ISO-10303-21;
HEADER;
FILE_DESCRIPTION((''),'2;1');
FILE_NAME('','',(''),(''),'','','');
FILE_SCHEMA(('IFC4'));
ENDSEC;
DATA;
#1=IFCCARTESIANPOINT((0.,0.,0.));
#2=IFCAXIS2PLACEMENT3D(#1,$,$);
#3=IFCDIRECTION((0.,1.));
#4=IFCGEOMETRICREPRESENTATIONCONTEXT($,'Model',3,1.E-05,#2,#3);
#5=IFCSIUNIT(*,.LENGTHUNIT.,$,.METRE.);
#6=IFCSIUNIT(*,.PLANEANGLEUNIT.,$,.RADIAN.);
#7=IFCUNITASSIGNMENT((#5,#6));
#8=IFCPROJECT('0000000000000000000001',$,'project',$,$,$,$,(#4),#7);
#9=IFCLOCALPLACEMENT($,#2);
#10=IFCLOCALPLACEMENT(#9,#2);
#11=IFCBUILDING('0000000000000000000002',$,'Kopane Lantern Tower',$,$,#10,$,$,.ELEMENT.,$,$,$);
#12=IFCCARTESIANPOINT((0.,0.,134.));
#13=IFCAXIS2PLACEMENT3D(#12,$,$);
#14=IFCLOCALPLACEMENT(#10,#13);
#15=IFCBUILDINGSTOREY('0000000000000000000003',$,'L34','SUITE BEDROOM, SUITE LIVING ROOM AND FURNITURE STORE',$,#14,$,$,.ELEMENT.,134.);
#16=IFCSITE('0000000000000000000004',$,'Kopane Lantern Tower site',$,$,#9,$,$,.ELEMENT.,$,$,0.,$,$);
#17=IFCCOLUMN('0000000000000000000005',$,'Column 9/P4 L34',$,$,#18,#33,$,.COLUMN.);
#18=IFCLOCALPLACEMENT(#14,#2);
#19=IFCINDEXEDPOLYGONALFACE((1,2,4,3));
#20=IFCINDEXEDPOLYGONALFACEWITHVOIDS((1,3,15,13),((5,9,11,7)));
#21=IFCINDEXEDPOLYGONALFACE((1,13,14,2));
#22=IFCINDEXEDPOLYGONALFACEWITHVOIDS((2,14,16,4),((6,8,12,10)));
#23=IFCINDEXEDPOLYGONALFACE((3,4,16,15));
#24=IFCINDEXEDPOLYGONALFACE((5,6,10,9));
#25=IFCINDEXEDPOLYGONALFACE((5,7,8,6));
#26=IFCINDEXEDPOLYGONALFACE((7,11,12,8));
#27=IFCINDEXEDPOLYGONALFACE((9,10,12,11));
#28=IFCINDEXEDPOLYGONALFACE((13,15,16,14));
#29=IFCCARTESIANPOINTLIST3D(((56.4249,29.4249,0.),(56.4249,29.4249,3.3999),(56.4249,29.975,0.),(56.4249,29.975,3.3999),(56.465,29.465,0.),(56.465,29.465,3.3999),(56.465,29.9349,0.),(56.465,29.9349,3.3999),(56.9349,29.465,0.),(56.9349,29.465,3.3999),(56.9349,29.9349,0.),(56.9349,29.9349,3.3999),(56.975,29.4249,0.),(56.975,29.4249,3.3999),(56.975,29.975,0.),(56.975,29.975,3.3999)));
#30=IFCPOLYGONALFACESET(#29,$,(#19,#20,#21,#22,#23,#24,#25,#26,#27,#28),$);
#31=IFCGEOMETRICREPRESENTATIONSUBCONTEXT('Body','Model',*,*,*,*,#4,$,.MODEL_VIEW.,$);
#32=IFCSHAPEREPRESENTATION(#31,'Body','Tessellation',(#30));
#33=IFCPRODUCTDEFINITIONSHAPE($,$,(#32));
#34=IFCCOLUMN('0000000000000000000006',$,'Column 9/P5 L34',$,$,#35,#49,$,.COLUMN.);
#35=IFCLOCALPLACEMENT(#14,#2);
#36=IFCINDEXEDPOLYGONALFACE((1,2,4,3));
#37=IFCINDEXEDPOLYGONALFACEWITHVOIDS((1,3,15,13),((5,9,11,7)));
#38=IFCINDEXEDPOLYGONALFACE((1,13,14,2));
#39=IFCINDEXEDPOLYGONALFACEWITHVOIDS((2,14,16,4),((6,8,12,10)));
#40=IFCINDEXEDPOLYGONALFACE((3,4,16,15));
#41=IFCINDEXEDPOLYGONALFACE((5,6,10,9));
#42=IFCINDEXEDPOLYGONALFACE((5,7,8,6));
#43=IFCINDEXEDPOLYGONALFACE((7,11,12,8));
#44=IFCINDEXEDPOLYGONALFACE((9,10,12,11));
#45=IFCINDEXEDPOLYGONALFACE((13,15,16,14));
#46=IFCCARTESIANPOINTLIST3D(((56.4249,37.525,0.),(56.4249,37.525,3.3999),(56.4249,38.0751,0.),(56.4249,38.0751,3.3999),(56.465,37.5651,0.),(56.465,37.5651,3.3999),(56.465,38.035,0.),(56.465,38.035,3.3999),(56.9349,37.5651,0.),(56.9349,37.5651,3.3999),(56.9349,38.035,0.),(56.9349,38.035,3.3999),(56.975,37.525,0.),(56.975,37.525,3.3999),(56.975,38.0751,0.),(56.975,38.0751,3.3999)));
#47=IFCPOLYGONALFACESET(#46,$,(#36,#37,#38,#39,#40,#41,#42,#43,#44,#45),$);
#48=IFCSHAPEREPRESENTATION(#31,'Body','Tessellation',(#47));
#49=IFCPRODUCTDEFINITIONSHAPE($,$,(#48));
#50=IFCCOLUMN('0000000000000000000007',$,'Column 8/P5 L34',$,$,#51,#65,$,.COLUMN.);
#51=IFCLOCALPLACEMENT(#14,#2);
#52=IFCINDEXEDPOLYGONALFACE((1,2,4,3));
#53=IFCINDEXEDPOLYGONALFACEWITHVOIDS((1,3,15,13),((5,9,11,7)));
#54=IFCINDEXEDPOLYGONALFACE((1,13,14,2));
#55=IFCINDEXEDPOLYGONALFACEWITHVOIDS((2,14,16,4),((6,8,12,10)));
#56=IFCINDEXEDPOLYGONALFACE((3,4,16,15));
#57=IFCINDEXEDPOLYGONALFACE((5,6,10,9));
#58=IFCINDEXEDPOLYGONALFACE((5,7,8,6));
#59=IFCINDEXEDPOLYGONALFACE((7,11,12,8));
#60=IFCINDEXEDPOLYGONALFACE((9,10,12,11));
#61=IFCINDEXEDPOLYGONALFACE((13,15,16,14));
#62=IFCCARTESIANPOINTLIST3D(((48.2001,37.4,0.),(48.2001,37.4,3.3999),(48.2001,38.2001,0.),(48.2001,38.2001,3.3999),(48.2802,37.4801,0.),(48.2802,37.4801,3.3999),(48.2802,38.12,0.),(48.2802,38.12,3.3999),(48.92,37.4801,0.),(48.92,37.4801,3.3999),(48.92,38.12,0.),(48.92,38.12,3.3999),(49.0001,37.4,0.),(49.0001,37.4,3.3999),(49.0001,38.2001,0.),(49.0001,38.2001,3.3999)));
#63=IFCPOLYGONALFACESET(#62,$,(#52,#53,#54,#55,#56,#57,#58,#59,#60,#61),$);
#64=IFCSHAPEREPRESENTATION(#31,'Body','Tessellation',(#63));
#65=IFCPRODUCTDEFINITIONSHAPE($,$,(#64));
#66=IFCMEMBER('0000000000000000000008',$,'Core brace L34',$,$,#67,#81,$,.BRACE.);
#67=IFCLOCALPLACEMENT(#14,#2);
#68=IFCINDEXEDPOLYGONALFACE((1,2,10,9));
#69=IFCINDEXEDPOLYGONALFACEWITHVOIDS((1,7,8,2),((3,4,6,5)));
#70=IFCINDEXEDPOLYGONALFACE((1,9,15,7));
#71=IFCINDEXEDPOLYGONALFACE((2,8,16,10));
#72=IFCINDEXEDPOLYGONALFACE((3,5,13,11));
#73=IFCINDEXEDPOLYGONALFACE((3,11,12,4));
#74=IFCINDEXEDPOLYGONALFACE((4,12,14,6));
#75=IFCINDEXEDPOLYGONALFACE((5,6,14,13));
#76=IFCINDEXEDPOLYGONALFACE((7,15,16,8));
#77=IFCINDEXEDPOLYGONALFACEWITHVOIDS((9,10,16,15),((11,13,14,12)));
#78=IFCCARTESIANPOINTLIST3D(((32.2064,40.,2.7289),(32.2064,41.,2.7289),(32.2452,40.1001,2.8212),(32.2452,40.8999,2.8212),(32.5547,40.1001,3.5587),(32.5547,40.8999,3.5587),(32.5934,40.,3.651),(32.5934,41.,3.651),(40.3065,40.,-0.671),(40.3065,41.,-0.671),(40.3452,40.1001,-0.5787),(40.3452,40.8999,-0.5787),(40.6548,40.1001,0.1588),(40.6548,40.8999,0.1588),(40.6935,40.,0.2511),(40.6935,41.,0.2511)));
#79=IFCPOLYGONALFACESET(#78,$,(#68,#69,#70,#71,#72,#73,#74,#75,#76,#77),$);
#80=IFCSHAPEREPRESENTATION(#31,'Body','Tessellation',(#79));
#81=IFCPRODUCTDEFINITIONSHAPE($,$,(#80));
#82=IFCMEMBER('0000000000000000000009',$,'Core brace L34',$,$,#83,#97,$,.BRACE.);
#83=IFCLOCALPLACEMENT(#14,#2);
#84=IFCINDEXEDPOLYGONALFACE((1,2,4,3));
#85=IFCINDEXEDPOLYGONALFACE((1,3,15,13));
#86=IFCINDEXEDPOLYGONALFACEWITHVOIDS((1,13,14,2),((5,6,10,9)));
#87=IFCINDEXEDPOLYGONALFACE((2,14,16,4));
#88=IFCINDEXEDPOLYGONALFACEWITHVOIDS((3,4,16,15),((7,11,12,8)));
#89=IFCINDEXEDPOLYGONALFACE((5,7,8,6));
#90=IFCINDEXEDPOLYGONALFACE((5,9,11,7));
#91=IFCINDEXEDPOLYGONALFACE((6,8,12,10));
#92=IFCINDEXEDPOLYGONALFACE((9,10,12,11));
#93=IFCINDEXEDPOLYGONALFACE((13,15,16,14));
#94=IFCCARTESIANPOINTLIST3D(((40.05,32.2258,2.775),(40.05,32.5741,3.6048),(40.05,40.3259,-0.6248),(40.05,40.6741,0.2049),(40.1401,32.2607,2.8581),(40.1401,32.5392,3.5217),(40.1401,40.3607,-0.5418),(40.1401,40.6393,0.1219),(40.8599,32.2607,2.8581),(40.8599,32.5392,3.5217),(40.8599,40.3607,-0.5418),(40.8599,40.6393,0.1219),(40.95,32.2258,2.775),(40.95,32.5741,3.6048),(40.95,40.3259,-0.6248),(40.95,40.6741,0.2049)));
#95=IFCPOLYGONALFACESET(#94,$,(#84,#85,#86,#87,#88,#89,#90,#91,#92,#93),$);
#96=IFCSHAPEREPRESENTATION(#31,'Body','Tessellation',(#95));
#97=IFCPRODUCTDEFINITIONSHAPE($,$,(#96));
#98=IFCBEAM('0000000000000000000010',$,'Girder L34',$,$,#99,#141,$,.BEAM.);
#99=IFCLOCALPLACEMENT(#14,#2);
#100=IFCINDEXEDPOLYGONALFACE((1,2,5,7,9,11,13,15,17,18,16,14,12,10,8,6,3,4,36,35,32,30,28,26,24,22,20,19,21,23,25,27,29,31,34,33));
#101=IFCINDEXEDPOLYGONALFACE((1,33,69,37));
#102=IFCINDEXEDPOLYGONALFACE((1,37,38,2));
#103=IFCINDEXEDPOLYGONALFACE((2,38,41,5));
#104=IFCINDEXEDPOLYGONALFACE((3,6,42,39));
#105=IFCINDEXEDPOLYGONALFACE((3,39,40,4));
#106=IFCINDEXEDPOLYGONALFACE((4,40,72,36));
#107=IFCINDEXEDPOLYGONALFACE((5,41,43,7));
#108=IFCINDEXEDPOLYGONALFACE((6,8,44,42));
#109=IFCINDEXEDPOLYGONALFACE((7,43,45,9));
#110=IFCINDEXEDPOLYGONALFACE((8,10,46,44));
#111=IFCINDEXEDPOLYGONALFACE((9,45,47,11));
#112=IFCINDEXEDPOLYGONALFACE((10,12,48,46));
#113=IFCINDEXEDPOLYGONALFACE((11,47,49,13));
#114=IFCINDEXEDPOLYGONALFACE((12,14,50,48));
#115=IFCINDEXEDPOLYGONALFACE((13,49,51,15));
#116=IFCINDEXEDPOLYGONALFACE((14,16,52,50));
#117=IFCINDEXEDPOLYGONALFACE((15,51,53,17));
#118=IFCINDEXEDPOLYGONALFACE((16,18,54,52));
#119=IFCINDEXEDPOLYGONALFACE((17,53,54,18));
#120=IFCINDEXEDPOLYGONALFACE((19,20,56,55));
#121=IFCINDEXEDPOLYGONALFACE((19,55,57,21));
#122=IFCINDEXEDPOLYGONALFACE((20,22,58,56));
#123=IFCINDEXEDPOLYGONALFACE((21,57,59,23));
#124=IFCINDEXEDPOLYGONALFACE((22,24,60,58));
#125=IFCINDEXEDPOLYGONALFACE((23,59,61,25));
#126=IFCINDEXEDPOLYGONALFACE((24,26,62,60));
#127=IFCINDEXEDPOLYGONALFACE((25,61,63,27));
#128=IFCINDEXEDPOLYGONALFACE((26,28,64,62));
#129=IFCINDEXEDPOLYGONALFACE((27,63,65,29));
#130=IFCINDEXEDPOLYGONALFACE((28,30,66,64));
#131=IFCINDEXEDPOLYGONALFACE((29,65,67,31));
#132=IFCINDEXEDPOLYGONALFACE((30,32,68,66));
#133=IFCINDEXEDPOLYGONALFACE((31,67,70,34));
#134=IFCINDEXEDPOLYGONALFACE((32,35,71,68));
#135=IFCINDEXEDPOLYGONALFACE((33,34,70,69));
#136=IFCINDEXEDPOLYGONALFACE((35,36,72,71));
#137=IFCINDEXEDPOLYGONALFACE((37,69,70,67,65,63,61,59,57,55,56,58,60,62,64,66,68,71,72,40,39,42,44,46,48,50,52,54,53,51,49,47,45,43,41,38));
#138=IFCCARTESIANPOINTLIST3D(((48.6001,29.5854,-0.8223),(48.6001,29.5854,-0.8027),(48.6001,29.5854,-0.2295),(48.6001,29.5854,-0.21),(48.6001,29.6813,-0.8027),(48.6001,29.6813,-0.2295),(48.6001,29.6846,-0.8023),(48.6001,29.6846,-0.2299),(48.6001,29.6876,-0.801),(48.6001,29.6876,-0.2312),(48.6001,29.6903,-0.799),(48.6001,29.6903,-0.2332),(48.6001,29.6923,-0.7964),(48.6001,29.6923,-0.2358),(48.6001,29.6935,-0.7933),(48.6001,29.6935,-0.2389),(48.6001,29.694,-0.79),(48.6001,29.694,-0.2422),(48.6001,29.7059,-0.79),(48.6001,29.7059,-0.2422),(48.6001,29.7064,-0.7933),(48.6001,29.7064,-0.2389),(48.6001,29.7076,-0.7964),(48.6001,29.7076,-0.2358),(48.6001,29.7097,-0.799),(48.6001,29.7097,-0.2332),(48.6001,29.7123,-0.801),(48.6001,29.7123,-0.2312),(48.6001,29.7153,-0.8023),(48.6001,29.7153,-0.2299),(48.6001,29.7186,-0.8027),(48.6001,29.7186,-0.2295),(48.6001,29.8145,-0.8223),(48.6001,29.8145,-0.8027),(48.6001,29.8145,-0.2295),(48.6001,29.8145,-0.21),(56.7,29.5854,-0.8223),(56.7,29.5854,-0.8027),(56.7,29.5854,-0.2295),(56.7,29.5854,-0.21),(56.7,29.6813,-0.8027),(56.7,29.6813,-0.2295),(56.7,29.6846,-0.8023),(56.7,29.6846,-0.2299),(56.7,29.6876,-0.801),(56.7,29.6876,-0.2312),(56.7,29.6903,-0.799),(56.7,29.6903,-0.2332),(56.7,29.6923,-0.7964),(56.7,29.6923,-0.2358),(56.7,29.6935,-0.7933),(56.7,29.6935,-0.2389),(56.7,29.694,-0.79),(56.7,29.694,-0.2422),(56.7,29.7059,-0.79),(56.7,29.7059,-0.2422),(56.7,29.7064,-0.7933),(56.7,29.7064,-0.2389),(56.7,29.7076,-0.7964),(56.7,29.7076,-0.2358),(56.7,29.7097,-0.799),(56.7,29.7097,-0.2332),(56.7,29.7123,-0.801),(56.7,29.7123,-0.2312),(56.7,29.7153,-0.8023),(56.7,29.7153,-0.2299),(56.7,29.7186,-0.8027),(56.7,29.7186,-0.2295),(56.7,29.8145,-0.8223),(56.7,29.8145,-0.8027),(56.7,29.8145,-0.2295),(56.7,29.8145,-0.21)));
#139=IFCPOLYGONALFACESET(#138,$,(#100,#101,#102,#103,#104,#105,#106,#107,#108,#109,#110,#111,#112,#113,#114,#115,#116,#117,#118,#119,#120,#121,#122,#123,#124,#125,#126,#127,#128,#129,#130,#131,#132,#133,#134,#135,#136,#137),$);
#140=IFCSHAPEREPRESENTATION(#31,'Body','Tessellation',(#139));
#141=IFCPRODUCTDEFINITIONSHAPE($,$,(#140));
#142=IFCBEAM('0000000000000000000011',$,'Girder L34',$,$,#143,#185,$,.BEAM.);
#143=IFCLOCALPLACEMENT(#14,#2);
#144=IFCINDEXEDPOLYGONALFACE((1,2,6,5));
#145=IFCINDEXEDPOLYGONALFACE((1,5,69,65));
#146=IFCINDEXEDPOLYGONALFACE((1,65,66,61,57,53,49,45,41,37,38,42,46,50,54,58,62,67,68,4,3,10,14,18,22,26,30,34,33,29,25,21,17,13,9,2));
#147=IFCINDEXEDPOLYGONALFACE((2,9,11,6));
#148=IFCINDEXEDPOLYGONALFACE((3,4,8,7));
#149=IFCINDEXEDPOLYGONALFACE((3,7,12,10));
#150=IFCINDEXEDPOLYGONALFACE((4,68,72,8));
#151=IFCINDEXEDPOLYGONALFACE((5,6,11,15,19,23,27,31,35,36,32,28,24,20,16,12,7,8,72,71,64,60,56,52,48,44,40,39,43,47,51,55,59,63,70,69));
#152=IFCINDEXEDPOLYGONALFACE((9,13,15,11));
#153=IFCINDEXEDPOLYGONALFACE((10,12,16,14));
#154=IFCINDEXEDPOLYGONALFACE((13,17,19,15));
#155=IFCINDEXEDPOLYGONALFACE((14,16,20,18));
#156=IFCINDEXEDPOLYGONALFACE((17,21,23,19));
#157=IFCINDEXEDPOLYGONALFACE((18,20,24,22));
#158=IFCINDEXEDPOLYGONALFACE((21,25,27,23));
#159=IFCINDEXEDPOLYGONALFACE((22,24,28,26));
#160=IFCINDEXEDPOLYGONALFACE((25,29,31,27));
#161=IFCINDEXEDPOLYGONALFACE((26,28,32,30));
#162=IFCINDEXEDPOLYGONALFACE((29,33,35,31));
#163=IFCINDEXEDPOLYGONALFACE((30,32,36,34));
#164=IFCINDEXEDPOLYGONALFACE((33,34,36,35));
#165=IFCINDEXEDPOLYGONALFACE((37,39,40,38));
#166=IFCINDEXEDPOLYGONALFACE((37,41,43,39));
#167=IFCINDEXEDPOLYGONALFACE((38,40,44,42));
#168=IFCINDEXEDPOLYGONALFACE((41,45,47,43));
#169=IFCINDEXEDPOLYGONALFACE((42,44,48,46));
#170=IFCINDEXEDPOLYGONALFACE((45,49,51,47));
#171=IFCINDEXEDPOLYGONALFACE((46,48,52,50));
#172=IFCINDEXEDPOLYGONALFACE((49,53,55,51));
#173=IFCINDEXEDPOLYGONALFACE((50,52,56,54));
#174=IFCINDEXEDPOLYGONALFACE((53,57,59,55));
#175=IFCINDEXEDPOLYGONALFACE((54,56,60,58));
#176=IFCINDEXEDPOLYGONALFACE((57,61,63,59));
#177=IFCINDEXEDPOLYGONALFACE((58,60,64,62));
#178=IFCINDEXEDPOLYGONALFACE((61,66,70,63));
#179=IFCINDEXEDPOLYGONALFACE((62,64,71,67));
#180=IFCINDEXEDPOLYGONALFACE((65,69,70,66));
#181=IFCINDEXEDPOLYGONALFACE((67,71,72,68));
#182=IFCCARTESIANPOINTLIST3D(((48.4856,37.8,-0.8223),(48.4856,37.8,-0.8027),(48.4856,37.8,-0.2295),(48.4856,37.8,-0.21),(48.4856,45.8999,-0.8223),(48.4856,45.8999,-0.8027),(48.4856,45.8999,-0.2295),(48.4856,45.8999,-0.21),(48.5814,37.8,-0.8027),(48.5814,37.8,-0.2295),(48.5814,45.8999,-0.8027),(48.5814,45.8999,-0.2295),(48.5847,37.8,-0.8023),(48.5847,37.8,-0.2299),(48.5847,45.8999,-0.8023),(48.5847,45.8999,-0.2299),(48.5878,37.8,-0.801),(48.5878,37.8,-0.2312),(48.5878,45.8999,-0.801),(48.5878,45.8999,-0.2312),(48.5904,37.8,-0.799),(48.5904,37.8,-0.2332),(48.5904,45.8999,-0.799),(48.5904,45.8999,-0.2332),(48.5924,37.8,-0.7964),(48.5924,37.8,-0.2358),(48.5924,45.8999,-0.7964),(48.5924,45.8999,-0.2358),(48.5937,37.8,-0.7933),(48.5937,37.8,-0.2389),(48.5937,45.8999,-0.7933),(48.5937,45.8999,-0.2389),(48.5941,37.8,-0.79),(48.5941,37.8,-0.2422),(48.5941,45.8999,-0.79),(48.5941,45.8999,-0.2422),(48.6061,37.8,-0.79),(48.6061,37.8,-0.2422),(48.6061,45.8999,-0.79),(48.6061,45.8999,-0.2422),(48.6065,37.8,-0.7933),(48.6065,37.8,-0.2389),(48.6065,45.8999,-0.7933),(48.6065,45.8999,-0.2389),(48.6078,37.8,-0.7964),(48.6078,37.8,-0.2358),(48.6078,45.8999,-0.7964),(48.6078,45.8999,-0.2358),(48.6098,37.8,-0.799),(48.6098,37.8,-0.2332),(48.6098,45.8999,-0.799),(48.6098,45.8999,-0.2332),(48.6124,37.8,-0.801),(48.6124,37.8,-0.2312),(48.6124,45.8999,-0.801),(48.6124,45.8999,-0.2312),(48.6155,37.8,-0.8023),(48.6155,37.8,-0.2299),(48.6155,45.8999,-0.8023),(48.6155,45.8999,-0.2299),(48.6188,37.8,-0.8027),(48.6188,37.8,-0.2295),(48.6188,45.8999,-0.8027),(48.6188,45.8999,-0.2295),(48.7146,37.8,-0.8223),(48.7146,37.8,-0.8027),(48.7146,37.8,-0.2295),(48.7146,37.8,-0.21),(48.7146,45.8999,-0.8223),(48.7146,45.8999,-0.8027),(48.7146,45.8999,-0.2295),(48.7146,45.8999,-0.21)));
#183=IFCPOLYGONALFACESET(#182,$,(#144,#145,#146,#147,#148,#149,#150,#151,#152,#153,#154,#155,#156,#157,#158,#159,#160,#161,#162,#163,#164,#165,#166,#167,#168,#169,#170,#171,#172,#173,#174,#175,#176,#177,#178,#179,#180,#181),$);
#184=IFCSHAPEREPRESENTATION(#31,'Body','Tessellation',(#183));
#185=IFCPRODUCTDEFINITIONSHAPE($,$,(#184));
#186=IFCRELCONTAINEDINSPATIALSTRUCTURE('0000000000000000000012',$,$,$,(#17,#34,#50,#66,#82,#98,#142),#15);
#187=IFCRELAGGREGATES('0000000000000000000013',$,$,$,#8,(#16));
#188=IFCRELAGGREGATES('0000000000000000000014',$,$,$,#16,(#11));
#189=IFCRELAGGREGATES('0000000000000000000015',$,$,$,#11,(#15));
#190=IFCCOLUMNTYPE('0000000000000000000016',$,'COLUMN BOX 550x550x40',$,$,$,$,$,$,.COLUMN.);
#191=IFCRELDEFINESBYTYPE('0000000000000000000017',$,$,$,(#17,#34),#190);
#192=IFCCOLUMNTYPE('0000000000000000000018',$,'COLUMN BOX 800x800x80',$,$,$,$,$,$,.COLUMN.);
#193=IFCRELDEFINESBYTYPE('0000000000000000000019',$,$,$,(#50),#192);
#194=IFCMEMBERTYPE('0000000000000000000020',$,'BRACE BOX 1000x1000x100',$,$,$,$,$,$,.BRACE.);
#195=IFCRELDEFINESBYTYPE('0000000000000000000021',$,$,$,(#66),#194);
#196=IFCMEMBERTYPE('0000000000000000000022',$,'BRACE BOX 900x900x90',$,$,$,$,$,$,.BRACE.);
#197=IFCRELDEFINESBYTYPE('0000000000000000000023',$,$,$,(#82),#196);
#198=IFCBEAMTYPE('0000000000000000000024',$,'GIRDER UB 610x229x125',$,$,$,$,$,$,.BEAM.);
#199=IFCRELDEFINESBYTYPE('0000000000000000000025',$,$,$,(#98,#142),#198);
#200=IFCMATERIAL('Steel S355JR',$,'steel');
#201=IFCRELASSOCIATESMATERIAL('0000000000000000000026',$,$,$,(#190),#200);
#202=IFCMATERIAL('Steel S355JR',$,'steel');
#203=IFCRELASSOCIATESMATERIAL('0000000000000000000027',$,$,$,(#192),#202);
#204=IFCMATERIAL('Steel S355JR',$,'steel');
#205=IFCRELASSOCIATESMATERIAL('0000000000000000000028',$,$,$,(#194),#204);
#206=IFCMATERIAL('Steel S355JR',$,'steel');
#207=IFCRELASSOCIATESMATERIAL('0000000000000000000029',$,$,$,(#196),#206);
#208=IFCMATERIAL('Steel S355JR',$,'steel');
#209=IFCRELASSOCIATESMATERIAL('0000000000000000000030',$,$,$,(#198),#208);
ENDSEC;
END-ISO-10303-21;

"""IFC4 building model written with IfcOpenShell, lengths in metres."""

from ifc_helpers import new_model, si_unit, direction, frame, origin, origin_2d, place, context, subcontext, project, spatial, hollow_rectangle, i_section, extrude, material, material_profile, profile_set, type_object, element, save


model = new_model("IFC4")

# Units and contexts
model_context = context("Model", 3, precision=1e-05, world=origin(), true_north=direction((0.0, 1.0)))
body_context = subcontext(model_context, "Body", "Model", "MODEL_VIEW")
ifc_project = project(units=[si_unit("LENGTHUNIT", "METRE"), si_unit("PLANEANGLEUNIT", "RADIAN")], contexts=[model_context])

# Site, building, storey
site_placement = place(None, origin())
site = spatial("IfcSite", under=ifc_project, at=site_placement, Name="Kopane Lantern Tower site", CompositionType="ELEMENT", RefElevation=0.0)
building_placement = place(site_placement, origin())
building = spatial("IfcBuilding", under=site, at=building_placement, Name="Kopane Lantern Tower", CompositionType="ELEMENT")
storey_placement = place(building_placement, frame((0.0, 0.0, 134.0)))
storey = spatial("IfcBuildingStorey", under=building, at=storey_placement, Name="L34", Description="SUITE BEDROOM, SUITE LIVING ROOM AND FURNITURE STORE", CompositionType="ELEMENT", Elevation=134.0)

# Columns
ifc_material_1 = material(Name="Steel S355JR", Category="steel")
ifc_material_profile_1 = material_profile(ifc_material_1, hollow_rectangle(XDim=0.55, YDim=0.55, WallThickness=0.04, at=origin_2d()), Name="BOX 550x550x40")
ifc_profile_set_1 = profile_set([ifc_material_profile_1], Name="Steel S355JR")
column_type_1 = type_object("IfcColumnType", Name="COLUMN BOX 550x550x40", PredefinedType="COLUMN", material=ifc_profile_set_1)
for number, where, z_axis, x_axis, name in (
    (1, (56.7, 29.7, 0.0), (0.0, 0.0, 1.0), (1.0, 0.0, 0.0), "Column 9/P4 L34"),
    (2, (56.7, 37.8, 0.0), (0.0, 0.0, 1.0), (1.0, 0.0, 0.0), "Column 9/P5 L34"),
):
    element("IfcColumn", number, at=place(storey_placement, frame(where, z_axis=z_axis, x_axis=x_axis)), inside=storey, type_object=column_type_1, Name=name, PredefinedType="COLUMN", context=body_context, shape_type="SweptSolid", body=[
        extrude(hollow_rectangle(XDim=0.55, YDim=0.55, WallThickness=0.04, at=origin_2d()), origin(), (0.0, 0.0, 1.0), 3.3999),
    ])
ifc_material_2 = material(Name="Steel S355JR", Category="steel")
ifc_material_profile_2 = material_profile(ifc_material_2, hollow_rectangle(XDim=0.8, YDim=0.8, WallThickness=0.0801, at=origin_2d()), Name="BOX 800x800x80")
ifc_profile_set_2 = profile_set([ifc_material_profile_2], Name="Steel S355JR")
column_type_2 = type_object("IfcColumnType", Name="COLUMN BOX 800x800x80", PredefinedType="COLUMN", material=ifc_profile_set_2)
column_placement = place(storey_placement, frame((48.6001, 37.8, 0.0), z_axis=(0.0, 0.0, 1.0), x_axis=(1.0, 0.0, 0.0)))
element("IfcColumn", 3, at=column_placement, inside=storey, type_object=column_type_2, Name="Column 8/P5 L34", PredefinedType="COLUMN", context=body_context, shape_type="SweptSolid", body=[
    extrude(hollow_rectangle(XDim=0.8, YDim=0.8, WallThickness=0.0801, at=origin_2d()), origin(), (0.0, 0.0, 1.0), 3.3999),
])

# Members
ifc_material_3 = material(Name="Steel S355JR", Category="steel")
ifc_material_profile_3 = material_profile(ifc_material_3, hollow_rectangle(XDim=1.0, YDim=1.0, WallThickness=0.1001, at=origin_2d()), Name="BOX 1000x1000x100")
ifc_profile_set_3 = profile_set([ifc_material_profile_3], Name="Steel S355JR")
member_type_1 = type_object("IfcMemberType", Name="BRACE BOX 1000x1000x100", PredefinedType="BRACE", material=ifc_profile_set_3)
member_1_placement = place(storey_placement, frame((40.5, 40.5, -0.21), z_axis=(-0.922069, 0.0, 0.387026), x_axis=(0.0, -1.0, 0.0)))
element("IfcMember", 4, at=member_1_placement, inside=storey, type_object=member_type_1, Name="Core brace L34", PredefinedType="BRACE", context=body_context, shape_type="SweptSolid", body=[
    extrude(hollow_rectangle(XDim=1.0, YDim=1.0, WallThickness=0.1001, at=origin_2d()), origin(), (0.0, 0.0, 1.0), 8.7847),
])
ifc_material_4 = material(Name="Steel S355JR", Category="steel")
ifc_material_profile_4 = material_profile(ifc_material_4, hollow_rectangle(XDim=0.8999, YDim=0.8999, WallThickness=0.0901, at=origin_2d()), Name="BOX 900x900x90")
ifc_profile_set_4 = profile_set([ifc_material_profile_4], Name="Steel S355JR")
member_type_2 = type_object("IfcMemberType", Name="BRACE BOX 900x900x90", PredefinedType="BRACE", material=ifc_profile_set_4)
member_2_placement = place(storey_placement, frame((40.5, 40.5, -0.21), z_axis=(0.0, -0.922069, 0.387026), x_axis=(1.0, 0.0, 0.0)))
element("IfcMember", 5, at=member_2_placement, inside=storey, type_object=member_type_2, Name="Core brace L34", PredefinedType="BRACE", context=body_context, shape_type="SweptSolid", body=[
    extrude(hollow_rectangle(XDim=0.8999, YDim=0.8999, WallThickness=0.0901, at=origin_2d()), origin(), (0.0, 0.0, 1.0), 8.7847),
])

# Beams
ifc_material_5 = material(Name="Steel S355JR", Category="steel")
ifc_material_profile_5 = material_profile(ifc_material_5, i_section(OverallWidth=0.229, OverallDepth=0.6123, WebThickness=0.012, FlangeThickness=0.0195, FilletRadius=0.0127, at=origin_2d()), Name="UB 610x229x125")
ifc_profile_set_5 = profile_set([ifc_material_profile_5], Name="Steel S355JR")
beam_type = type_object("IfcBeamType", Name="GIRDER UB 610x229x125", PredefinedType="BEAM", material=ifc_profile_set_5)
for number, where, z_axis, x_axis, name in (
    (6, (48.6001, 29.7, -0.5161), (1.0, 0.0, 0.0), (0.0, 1.0, 0.0), "Girder L34"),
    (7, (48.6001, 37.8, -0.5161), (0.0, 1.0, 0.0), (-1.0, 0.0, 0.0), "Girder L34"),
):
    element("IfcBeam", number, at=place(storey_placement, frame(where, z_axis=z_axis, x_axis=x_axis)), inside=storey, type_object=beam_type, Name=name, PredefinedType="BEAM", context=body_context, shape_type="SweptSolid", body=[
        extrude(i_section(OverallWidth=0.229, OverallDepth=0.6123, WebThickness=0.012, FlangeThickness=0.0195, FilletRadius=0.0127, at=origin_2d()), origin(), (0.0, 0.0, 1.0), 8.0999),
    ])

save(model, "model.ifc")
